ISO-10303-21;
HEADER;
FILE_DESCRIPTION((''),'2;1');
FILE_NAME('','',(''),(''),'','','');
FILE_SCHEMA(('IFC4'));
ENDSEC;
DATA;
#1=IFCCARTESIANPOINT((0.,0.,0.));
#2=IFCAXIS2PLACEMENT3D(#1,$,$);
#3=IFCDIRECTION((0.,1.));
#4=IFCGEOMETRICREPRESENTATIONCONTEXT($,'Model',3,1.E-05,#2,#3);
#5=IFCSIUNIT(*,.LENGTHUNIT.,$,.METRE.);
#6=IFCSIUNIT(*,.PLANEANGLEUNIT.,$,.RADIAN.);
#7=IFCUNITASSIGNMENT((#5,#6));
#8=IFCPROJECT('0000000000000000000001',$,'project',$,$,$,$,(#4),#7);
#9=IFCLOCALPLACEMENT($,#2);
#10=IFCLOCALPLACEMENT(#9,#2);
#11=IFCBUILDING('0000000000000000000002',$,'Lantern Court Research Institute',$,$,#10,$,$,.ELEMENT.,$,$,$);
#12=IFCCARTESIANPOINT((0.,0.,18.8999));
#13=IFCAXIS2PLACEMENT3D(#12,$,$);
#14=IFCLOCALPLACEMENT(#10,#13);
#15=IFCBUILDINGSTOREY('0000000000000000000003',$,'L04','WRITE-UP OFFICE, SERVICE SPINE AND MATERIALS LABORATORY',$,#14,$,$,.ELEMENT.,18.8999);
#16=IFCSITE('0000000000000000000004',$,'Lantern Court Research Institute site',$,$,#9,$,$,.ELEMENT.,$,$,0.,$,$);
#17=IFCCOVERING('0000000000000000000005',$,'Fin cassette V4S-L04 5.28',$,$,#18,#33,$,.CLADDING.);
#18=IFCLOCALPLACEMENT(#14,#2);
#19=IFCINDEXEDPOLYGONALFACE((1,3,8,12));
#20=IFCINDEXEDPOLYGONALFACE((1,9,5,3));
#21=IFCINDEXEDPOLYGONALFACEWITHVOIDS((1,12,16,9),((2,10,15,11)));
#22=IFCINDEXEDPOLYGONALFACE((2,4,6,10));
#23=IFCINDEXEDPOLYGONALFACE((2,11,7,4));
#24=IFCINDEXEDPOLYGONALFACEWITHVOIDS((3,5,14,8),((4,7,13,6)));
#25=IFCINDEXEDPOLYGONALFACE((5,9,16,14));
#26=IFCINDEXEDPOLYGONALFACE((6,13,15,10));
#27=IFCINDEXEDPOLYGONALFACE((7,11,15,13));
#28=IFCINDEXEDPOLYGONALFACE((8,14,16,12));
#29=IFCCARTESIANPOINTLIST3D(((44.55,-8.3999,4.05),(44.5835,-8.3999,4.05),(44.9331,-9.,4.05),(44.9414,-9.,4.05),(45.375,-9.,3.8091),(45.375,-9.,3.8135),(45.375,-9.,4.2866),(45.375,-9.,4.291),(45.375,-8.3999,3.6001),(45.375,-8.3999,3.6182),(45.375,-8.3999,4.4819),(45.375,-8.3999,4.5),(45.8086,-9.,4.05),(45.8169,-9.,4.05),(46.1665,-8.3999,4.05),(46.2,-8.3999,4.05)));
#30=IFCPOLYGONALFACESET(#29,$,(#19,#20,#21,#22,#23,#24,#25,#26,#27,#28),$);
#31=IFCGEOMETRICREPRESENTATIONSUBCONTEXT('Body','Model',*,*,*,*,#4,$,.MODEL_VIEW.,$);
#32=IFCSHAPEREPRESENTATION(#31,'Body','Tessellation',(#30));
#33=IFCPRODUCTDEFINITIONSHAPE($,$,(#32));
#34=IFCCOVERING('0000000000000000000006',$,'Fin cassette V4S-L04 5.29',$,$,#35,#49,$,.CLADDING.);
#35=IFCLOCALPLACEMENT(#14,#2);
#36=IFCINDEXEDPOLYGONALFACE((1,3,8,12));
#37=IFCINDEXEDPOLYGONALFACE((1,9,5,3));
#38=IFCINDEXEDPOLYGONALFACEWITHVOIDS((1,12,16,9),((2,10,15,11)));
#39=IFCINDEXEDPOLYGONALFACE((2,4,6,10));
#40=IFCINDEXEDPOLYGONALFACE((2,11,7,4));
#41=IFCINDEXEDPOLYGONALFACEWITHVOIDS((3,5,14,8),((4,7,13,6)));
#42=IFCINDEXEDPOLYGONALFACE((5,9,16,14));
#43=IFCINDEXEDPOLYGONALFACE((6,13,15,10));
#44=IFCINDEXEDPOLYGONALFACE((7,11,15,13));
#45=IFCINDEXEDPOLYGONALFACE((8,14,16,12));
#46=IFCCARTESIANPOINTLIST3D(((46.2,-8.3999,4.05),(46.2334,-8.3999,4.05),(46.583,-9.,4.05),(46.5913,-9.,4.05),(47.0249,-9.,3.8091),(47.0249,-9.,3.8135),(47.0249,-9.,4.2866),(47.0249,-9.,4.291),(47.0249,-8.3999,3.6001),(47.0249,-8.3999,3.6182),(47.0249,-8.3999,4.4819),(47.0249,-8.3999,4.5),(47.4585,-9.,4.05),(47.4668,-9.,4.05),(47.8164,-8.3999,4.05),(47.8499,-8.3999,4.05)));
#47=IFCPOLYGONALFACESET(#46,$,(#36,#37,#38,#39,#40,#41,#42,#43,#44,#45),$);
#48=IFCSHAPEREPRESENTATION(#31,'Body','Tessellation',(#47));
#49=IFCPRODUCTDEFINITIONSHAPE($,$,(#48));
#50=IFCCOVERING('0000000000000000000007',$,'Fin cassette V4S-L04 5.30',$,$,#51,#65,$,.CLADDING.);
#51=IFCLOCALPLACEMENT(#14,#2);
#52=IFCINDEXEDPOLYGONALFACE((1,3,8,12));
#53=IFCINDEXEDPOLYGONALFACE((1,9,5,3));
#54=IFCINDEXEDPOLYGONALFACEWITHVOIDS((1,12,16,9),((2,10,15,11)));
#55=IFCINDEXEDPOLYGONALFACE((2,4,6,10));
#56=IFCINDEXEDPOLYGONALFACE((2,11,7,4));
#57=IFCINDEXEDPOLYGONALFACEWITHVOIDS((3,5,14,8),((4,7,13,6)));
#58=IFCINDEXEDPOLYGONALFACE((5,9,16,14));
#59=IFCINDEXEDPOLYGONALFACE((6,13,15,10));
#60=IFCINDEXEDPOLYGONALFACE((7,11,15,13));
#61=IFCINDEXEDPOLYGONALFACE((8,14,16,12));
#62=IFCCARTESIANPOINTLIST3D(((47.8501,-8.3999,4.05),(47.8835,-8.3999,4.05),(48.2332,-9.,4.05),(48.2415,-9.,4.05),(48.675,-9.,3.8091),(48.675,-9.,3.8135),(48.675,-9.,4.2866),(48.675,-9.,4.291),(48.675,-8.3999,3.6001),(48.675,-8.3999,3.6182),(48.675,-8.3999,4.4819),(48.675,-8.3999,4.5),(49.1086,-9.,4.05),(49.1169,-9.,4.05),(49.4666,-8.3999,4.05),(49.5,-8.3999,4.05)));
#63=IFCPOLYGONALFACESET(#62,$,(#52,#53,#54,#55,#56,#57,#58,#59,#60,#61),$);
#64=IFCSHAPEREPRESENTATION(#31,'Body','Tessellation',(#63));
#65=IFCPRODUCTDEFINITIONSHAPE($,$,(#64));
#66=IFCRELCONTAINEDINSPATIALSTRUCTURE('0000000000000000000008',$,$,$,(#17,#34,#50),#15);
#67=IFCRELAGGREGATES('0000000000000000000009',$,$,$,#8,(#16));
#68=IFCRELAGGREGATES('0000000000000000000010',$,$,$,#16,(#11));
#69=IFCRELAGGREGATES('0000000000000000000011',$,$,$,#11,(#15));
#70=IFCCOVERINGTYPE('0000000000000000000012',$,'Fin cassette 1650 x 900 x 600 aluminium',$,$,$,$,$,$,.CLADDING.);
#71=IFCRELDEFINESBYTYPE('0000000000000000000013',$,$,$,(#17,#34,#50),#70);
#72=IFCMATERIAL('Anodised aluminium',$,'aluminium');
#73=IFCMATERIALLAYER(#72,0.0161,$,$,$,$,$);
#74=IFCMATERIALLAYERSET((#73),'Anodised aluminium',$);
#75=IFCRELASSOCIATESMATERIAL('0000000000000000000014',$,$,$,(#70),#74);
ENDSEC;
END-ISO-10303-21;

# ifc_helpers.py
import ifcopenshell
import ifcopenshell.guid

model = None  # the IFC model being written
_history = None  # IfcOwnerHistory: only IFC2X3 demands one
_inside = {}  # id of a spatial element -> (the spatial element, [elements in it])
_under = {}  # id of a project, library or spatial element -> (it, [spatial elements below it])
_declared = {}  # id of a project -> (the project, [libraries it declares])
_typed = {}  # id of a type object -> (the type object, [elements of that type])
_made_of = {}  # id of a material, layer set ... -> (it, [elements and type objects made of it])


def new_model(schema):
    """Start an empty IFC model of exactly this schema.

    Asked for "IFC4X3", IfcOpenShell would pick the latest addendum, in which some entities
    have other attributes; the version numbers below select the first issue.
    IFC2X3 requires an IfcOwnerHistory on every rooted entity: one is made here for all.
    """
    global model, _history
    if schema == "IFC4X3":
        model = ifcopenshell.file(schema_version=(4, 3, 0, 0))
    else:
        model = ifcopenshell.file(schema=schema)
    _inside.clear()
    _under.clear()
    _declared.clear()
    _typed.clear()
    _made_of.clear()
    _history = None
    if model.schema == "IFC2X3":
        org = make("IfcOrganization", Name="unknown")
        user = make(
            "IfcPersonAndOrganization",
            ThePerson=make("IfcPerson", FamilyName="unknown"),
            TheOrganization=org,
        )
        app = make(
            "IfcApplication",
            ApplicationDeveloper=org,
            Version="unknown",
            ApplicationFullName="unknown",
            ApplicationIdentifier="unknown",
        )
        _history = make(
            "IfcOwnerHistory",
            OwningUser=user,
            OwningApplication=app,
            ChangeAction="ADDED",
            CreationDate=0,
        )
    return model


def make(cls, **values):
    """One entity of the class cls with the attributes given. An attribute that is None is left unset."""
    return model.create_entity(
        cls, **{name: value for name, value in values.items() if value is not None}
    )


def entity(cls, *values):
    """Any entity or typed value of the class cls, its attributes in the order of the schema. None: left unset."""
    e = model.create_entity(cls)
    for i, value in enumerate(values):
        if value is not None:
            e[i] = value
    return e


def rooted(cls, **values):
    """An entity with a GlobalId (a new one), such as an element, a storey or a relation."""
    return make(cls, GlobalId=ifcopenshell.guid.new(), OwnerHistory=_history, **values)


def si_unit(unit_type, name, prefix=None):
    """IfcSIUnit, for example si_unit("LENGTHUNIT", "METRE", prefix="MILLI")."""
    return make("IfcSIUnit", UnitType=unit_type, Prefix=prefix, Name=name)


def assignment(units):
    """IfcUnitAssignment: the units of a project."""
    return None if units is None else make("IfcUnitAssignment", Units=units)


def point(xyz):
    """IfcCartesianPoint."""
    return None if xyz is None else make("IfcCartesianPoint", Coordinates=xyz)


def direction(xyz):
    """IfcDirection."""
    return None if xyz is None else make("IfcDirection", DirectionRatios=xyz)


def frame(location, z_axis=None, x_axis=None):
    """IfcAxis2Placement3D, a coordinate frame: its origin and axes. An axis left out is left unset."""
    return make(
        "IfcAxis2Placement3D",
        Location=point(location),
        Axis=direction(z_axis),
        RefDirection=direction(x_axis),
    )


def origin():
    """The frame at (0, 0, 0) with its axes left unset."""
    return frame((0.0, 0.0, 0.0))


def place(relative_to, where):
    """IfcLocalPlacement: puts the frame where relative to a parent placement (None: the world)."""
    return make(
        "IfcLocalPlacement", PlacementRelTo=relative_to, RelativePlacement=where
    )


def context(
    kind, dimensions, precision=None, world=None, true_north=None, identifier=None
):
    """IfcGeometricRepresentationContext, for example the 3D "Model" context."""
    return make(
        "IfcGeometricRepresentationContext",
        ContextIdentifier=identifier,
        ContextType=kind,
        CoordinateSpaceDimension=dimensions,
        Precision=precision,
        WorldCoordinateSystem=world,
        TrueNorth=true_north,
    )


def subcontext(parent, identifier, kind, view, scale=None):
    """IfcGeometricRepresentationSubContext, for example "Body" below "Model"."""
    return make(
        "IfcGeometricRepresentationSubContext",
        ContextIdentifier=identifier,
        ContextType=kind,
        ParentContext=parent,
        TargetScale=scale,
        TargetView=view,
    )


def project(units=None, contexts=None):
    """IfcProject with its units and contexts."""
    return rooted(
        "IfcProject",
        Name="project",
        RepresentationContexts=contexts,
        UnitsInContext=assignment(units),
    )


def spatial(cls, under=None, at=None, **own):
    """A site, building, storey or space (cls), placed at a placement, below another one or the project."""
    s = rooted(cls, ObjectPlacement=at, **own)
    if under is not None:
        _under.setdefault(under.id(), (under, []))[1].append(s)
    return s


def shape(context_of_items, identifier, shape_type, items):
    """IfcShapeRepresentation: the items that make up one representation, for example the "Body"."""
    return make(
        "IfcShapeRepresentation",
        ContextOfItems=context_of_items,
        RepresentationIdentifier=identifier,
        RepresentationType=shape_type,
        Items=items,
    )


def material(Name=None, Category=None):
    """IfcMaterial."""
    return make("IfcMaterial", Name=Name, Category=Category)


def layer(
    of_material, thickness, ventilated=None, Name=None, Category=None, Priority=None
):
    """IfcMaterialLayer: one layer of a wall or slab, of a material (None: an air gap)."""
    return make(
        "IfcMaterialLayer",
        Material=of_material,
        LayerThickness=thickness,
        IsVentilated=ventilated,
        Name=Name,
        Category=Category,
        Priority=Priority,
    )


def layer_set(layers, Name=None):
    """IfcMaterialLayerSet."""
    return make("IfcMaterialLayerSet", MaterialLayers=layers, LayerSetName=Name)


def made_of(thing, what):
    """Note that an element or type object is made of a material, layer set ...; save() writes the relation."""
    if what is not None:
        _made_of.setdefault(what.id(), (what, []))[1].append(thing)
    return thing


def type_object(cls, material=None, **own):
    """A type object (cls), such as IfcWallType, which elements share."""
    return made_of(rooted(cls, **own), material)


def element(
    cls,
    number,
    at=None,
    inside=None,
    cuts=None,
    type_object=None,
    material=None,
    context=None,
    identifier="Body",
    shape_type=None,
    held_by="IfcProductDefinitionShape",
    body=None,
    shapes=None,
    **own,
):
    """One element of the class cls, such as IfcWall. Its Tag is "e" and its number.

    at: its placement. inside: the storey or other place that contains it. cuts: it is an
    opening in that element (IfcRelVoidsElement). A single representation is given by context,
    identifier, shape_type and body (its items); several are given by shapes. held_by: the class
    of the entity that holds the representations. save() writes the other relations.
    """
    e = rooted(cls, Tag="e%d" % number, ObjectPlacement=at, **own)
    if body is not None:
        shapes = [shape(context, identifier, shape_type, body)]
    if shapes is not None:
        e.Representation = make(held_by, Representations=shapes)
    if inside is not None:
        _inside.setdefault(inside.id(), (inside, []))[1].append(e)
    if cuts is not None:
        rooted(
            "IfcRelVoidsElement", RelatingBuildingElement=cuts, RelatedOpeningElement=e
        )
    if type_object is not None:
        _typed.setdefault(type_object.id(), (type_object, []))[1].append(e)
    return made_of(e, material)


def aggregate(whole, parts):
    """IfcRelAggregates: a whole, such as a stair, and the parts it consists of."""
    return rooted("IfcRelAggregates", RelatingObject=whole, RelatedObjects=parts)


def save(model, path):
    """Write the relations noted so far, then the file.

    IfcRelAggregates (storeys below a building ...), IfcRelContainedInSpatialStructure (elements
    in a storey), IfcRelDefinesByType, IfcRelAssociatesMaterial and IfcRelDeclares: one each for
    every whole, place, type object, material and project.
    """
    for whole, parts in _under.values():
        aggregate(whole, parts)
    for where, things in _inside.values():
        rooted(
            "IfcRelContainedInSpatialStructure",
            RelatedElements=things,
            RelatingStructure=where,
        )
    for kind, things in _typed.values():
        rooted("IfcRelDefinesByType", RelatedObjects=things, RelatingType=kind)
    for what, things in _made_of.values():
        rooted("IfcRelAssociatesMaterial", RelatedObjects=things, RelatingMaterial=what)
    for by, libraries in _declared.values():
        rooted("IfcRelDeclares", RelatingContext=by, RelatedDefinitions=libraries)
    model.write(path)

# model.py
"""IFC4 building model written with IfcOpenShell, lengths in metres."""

from ifc_helpers import new_model, entity, si_unit, direction, frame, origin, place, context, subcontext, project, spatial, material, layer, layer_set, type_object, element, save


model = new_model("IFC4")

# Units and contexts
model_context = context("Model", 3, precision=1e-05, world=origin(), true_north=direction((0.0, 1.0)))
body_context = subcontext(model_context, "Body", "Model", "MODEL_VIEW")
ifc_project = project(units=[si_unit("LENGTHUNIT", "METRE"), si_unit("PLANEANGLEUNIT", "RADIAN")], contexts=[model_context])

# Site, building, storey
site_placement = place(None, origin())
site = spatial("IfcSite", under=ifc_project, at=site_placement, Name="Lantern Court Research Institute site", CompositionType="ELEMENT", RefElevation=0.0)
building_placement = place(site_placement, origin())
building = spatial("IfcBuilding", under=site, at=building_placement, Name="Lantern Court Research Institute", CompositionType="ELEMENT")
storey_placement = place(building_placement, frame((0.0, 0.0, 18.8999)))
storey = spatial("IfcBuildingStorey", under=building, at=storey_placement, Name="L04", Description="WRITE-UP OFFICE, SERVICE SPINE AND MATERIALS LABORATORY", CompositionType="ELEMENT", Elevation=18.8999)

# Coverings
ifc_material_1 = material(Name="Anodised aluminium", Category="aluminium")
ifc_layer_1 = layer(ifc_material_1, 0.0161)
ifc_layer_set_1 = layer_set([ifc_layer_1], Name="Anodised aluminium")
covering_type = type_object("IfcCoveringType", Name="Fin cassette 1650 x 900 x 600 aluminium", PredefinedType="CLADDING", material=ifc_layer_set_1)
covering_1_placement = place(storey_placement, frame((45.375, -8.3999, 4.05), z_axis=(0.0, -1.0, 0.0), x_axis=(1.0, 0.0, 0.0)))
cartesian_point_1 = entity("IfcCartesianPoint", [0.825, 0.0])
cartesian_point_2 = entity("IfcCartesianPoint", [0.7915, 0.0])
cartesian_point_3 = entity("IfcCartesianPoint", [0.4419, 0.0])
cartesian_point_4 = entity("IfcCartesianPoint", [0.4336, 0.0])
element("IfcCovering", 1, at=covering_1_placement, inside=storey, type_object=covering_type, Name="Fin cassette V4S-L04 5.28", PredefinedType="CLADDING", context=body_context, shape_type="SweptSolid", body=[
    entity("IfcExtrudedAreaSolidTapered", entity("IfcArbitraryProfileDefWithVoids", "AREA", None, entity("IfcPolyline", [cartesian_point_1, entity("IfcCartesianPoint", [0.0, 0.45]), entity("IfcCartesianPoint", [-0.825, 0.0]), entity("IfcCartesianPoint", [0.0, -0.45]), cartesian_point_1]), [entity("IfcPolyline", [cartesian_point_2, entity("IfcCartesianPoint", [0.0, 0.4319]), entity("IfcCartesianPoint", [-0.7915, 0.0]), entity("IfcCartesianPoint", [0.0, -0.4319]), cartesian_point_2])]), entity("IfcAxis2Placement3D", entity("IfcCartesianPoint", [0.0, 0.0, 0.0])), entity("IfcDirection", [0.0, 0.0, 1.0]), 0.6001, entity("IfcArbitraryProfileDefWithVoids", "AREA", None, entity("IfcPolyline", [cartesian_point_3, entity("IfcCartesianPoint", [0.0, 0.241]), entity("IfcCartesianPoint", [-0.4419, 0.0]), entity("IfcCartesianPoint", [0.0, -0.241]), cartesian_point_3]), [entity("IfcPolyline", [cartesian_point_4, entity("IfcCartesianPoint", [0.0, 0.2366]), entity("IfcCartesianPoint", [-0.4336, 0.0]), entity("IfcCartesianPoint", [0.0, -0.2366]), cartesian_point_4])])),
])
covering_2_placement = place(storey_placement, frame((47.0249, -8.3999, 4.05), z_axis=(0.0, -1.0, 0.0), x_axis=(1.0, 0.0, 0.0)))
cartesian_point_5 = entity("IfcCartesianPoint", [0.825, 0.0])
cartesian_point_6 = entity("IfcCartesianPoint", [0.7915, 0.0])
cartesian_point_7 = entity("IfcCartesianPoint", [0.4419, 0.0])
cartesian_point_8 = entity("IfcCartesianPoint", [0.4336, 0.0])
element("IfcCovering", 2, at=covering_2_placement, inside=storey, type_object=covering_type, Name="Fin cassette V4S-L04 5.29", PredefinedType="CLADDING", context=body_context, shape_type="SweptSolid", body=[
    entity("IfcExtrudedAreaSolidTapered", entity("IfcArbitraryProfileDefWithVoids", "AREA", None, entity("IfcPolyline", [cartesian_point_5, entity("IfcCartesianPoint", [0.0, 0.45]), entity("IfcCartesianPoint", [-0.825, 0.0]), entity("IfcCartesianPoint", [0.0, -0.45]), cartesian_point_5]), [entity("IfcPolyline", [cartesian_point_6, entity("IfcCartesianPoint", [0.0, 0.4319]), entity("IfcCartesianPoint", [-0.7915, 0.0]), entity("IfcCartesianPoint", [0.0, -0.4319]), cartesian_point_6])]), entity("IfcAxis2Placement3D", entity("IfcCartesianPoint", [0.0, 0.0, 0.0])), entity("IfcDirection", [0.0, 0.0, 1.0]), 0.6001, entity("IfcArbitraryProfileDefWithVoids", "AREA", None, entity("IfcPolyline", [cartesian_point_7, entity("IfcCartesianPoint", [0.0, 0.241]), entity("IfcCartesianPoint", [-0.4419, 0.0]), entity("IfcCartesianPoint", [0.0, -0.241]), cartesian_point_7]), [entity("IfcPolyline", [cartesian_point_8, entity("IfcCartesianPoint", [0.0, 0.2366]), entity("IfcCartesianPoint", [-0.4336, 0.0]), entity("IfcCartesianPoint", [0.0, -0.2366]), cartesian_point_8])])),
])
covering_3_placement = place(storey_placement, frame((48.675, -8.3999, 4.05), z_axis=(0.0, -1.0, 0.0), x_axis=(1.0, 0.0, 0.0)))
cartesian_point_9 = entity("IfcCartesianPoint", [0.825, 0.0])
cartesian_point_10 = entity("IfcCartesianPoint", [0.7915, 0.0])
cartesian_point_11 = entity("IfcCartesianPoint", [0.4419, 0.0])
cartesian_point_12 = entity("IfcCartesianPoint", [0.4336, 0.0])
element("IfcCovering", 3, at=covering_3_placement, inside=storey, type_object=covering_type, Name="Fin cassette V4S-L04 5.30", PredefinedType="CLADDING", context=body_context, shape_type="SweptSolid", body=[
    entity("IfcExtrudedAreaSolidTapered", entity("IfcArbitraryProfileDefWithVoids", "AREA", None, entity("IfcPolyline", [cartesian_point_9, entity("IfcCartesianPoint", [0.0, 0.45]), entity("IfcCartesianPoint", [-0.825, 0.0]), entity("IfcCartesianPoint", [0.0, -0.45]), cartesian_point_9]), [entity("IfcPolyline", [cartesian_point_10, entity("IfcCartesianPoint", [0.0, 0.4319]), entity("IfcCartesianPoint", [-0.7915, 0.0]), entity("IfcCartesianPoint", [0.0, -0.4319]), cartesian_point_10])]), entity("IfcAxis2Placement3D", entity("IfcCartesianPoint", [0.0, 0.0, 0.0])), entity("IfcDirection", [0.0, 0.0, 1.0]), 0.6001, entity("IfcArbitraryProfileDefWithVoids", "AREA", None, entity("IfcPolyline", [cartesian_point_11, entity("IfcCartesianPoint", [0.0, 0.241]), entity("IfcCartesianPoint", [-0.4419, 0.0]), entity("IfcCartesianPoint", [0.0, -0.241]), cartesian_point_11]), [entity("IfcPolyline", [cartesian_point_12, entity("IfcCartesianPoint", [0.0, 0.2366]), entity("IfcCartesianPoint", [-0.4336, 0.0]), entity("IfcCartesianPoint", [0.0, -0.2366]), cartesian_point_12])])),
])

save(model, "model.ifc")
